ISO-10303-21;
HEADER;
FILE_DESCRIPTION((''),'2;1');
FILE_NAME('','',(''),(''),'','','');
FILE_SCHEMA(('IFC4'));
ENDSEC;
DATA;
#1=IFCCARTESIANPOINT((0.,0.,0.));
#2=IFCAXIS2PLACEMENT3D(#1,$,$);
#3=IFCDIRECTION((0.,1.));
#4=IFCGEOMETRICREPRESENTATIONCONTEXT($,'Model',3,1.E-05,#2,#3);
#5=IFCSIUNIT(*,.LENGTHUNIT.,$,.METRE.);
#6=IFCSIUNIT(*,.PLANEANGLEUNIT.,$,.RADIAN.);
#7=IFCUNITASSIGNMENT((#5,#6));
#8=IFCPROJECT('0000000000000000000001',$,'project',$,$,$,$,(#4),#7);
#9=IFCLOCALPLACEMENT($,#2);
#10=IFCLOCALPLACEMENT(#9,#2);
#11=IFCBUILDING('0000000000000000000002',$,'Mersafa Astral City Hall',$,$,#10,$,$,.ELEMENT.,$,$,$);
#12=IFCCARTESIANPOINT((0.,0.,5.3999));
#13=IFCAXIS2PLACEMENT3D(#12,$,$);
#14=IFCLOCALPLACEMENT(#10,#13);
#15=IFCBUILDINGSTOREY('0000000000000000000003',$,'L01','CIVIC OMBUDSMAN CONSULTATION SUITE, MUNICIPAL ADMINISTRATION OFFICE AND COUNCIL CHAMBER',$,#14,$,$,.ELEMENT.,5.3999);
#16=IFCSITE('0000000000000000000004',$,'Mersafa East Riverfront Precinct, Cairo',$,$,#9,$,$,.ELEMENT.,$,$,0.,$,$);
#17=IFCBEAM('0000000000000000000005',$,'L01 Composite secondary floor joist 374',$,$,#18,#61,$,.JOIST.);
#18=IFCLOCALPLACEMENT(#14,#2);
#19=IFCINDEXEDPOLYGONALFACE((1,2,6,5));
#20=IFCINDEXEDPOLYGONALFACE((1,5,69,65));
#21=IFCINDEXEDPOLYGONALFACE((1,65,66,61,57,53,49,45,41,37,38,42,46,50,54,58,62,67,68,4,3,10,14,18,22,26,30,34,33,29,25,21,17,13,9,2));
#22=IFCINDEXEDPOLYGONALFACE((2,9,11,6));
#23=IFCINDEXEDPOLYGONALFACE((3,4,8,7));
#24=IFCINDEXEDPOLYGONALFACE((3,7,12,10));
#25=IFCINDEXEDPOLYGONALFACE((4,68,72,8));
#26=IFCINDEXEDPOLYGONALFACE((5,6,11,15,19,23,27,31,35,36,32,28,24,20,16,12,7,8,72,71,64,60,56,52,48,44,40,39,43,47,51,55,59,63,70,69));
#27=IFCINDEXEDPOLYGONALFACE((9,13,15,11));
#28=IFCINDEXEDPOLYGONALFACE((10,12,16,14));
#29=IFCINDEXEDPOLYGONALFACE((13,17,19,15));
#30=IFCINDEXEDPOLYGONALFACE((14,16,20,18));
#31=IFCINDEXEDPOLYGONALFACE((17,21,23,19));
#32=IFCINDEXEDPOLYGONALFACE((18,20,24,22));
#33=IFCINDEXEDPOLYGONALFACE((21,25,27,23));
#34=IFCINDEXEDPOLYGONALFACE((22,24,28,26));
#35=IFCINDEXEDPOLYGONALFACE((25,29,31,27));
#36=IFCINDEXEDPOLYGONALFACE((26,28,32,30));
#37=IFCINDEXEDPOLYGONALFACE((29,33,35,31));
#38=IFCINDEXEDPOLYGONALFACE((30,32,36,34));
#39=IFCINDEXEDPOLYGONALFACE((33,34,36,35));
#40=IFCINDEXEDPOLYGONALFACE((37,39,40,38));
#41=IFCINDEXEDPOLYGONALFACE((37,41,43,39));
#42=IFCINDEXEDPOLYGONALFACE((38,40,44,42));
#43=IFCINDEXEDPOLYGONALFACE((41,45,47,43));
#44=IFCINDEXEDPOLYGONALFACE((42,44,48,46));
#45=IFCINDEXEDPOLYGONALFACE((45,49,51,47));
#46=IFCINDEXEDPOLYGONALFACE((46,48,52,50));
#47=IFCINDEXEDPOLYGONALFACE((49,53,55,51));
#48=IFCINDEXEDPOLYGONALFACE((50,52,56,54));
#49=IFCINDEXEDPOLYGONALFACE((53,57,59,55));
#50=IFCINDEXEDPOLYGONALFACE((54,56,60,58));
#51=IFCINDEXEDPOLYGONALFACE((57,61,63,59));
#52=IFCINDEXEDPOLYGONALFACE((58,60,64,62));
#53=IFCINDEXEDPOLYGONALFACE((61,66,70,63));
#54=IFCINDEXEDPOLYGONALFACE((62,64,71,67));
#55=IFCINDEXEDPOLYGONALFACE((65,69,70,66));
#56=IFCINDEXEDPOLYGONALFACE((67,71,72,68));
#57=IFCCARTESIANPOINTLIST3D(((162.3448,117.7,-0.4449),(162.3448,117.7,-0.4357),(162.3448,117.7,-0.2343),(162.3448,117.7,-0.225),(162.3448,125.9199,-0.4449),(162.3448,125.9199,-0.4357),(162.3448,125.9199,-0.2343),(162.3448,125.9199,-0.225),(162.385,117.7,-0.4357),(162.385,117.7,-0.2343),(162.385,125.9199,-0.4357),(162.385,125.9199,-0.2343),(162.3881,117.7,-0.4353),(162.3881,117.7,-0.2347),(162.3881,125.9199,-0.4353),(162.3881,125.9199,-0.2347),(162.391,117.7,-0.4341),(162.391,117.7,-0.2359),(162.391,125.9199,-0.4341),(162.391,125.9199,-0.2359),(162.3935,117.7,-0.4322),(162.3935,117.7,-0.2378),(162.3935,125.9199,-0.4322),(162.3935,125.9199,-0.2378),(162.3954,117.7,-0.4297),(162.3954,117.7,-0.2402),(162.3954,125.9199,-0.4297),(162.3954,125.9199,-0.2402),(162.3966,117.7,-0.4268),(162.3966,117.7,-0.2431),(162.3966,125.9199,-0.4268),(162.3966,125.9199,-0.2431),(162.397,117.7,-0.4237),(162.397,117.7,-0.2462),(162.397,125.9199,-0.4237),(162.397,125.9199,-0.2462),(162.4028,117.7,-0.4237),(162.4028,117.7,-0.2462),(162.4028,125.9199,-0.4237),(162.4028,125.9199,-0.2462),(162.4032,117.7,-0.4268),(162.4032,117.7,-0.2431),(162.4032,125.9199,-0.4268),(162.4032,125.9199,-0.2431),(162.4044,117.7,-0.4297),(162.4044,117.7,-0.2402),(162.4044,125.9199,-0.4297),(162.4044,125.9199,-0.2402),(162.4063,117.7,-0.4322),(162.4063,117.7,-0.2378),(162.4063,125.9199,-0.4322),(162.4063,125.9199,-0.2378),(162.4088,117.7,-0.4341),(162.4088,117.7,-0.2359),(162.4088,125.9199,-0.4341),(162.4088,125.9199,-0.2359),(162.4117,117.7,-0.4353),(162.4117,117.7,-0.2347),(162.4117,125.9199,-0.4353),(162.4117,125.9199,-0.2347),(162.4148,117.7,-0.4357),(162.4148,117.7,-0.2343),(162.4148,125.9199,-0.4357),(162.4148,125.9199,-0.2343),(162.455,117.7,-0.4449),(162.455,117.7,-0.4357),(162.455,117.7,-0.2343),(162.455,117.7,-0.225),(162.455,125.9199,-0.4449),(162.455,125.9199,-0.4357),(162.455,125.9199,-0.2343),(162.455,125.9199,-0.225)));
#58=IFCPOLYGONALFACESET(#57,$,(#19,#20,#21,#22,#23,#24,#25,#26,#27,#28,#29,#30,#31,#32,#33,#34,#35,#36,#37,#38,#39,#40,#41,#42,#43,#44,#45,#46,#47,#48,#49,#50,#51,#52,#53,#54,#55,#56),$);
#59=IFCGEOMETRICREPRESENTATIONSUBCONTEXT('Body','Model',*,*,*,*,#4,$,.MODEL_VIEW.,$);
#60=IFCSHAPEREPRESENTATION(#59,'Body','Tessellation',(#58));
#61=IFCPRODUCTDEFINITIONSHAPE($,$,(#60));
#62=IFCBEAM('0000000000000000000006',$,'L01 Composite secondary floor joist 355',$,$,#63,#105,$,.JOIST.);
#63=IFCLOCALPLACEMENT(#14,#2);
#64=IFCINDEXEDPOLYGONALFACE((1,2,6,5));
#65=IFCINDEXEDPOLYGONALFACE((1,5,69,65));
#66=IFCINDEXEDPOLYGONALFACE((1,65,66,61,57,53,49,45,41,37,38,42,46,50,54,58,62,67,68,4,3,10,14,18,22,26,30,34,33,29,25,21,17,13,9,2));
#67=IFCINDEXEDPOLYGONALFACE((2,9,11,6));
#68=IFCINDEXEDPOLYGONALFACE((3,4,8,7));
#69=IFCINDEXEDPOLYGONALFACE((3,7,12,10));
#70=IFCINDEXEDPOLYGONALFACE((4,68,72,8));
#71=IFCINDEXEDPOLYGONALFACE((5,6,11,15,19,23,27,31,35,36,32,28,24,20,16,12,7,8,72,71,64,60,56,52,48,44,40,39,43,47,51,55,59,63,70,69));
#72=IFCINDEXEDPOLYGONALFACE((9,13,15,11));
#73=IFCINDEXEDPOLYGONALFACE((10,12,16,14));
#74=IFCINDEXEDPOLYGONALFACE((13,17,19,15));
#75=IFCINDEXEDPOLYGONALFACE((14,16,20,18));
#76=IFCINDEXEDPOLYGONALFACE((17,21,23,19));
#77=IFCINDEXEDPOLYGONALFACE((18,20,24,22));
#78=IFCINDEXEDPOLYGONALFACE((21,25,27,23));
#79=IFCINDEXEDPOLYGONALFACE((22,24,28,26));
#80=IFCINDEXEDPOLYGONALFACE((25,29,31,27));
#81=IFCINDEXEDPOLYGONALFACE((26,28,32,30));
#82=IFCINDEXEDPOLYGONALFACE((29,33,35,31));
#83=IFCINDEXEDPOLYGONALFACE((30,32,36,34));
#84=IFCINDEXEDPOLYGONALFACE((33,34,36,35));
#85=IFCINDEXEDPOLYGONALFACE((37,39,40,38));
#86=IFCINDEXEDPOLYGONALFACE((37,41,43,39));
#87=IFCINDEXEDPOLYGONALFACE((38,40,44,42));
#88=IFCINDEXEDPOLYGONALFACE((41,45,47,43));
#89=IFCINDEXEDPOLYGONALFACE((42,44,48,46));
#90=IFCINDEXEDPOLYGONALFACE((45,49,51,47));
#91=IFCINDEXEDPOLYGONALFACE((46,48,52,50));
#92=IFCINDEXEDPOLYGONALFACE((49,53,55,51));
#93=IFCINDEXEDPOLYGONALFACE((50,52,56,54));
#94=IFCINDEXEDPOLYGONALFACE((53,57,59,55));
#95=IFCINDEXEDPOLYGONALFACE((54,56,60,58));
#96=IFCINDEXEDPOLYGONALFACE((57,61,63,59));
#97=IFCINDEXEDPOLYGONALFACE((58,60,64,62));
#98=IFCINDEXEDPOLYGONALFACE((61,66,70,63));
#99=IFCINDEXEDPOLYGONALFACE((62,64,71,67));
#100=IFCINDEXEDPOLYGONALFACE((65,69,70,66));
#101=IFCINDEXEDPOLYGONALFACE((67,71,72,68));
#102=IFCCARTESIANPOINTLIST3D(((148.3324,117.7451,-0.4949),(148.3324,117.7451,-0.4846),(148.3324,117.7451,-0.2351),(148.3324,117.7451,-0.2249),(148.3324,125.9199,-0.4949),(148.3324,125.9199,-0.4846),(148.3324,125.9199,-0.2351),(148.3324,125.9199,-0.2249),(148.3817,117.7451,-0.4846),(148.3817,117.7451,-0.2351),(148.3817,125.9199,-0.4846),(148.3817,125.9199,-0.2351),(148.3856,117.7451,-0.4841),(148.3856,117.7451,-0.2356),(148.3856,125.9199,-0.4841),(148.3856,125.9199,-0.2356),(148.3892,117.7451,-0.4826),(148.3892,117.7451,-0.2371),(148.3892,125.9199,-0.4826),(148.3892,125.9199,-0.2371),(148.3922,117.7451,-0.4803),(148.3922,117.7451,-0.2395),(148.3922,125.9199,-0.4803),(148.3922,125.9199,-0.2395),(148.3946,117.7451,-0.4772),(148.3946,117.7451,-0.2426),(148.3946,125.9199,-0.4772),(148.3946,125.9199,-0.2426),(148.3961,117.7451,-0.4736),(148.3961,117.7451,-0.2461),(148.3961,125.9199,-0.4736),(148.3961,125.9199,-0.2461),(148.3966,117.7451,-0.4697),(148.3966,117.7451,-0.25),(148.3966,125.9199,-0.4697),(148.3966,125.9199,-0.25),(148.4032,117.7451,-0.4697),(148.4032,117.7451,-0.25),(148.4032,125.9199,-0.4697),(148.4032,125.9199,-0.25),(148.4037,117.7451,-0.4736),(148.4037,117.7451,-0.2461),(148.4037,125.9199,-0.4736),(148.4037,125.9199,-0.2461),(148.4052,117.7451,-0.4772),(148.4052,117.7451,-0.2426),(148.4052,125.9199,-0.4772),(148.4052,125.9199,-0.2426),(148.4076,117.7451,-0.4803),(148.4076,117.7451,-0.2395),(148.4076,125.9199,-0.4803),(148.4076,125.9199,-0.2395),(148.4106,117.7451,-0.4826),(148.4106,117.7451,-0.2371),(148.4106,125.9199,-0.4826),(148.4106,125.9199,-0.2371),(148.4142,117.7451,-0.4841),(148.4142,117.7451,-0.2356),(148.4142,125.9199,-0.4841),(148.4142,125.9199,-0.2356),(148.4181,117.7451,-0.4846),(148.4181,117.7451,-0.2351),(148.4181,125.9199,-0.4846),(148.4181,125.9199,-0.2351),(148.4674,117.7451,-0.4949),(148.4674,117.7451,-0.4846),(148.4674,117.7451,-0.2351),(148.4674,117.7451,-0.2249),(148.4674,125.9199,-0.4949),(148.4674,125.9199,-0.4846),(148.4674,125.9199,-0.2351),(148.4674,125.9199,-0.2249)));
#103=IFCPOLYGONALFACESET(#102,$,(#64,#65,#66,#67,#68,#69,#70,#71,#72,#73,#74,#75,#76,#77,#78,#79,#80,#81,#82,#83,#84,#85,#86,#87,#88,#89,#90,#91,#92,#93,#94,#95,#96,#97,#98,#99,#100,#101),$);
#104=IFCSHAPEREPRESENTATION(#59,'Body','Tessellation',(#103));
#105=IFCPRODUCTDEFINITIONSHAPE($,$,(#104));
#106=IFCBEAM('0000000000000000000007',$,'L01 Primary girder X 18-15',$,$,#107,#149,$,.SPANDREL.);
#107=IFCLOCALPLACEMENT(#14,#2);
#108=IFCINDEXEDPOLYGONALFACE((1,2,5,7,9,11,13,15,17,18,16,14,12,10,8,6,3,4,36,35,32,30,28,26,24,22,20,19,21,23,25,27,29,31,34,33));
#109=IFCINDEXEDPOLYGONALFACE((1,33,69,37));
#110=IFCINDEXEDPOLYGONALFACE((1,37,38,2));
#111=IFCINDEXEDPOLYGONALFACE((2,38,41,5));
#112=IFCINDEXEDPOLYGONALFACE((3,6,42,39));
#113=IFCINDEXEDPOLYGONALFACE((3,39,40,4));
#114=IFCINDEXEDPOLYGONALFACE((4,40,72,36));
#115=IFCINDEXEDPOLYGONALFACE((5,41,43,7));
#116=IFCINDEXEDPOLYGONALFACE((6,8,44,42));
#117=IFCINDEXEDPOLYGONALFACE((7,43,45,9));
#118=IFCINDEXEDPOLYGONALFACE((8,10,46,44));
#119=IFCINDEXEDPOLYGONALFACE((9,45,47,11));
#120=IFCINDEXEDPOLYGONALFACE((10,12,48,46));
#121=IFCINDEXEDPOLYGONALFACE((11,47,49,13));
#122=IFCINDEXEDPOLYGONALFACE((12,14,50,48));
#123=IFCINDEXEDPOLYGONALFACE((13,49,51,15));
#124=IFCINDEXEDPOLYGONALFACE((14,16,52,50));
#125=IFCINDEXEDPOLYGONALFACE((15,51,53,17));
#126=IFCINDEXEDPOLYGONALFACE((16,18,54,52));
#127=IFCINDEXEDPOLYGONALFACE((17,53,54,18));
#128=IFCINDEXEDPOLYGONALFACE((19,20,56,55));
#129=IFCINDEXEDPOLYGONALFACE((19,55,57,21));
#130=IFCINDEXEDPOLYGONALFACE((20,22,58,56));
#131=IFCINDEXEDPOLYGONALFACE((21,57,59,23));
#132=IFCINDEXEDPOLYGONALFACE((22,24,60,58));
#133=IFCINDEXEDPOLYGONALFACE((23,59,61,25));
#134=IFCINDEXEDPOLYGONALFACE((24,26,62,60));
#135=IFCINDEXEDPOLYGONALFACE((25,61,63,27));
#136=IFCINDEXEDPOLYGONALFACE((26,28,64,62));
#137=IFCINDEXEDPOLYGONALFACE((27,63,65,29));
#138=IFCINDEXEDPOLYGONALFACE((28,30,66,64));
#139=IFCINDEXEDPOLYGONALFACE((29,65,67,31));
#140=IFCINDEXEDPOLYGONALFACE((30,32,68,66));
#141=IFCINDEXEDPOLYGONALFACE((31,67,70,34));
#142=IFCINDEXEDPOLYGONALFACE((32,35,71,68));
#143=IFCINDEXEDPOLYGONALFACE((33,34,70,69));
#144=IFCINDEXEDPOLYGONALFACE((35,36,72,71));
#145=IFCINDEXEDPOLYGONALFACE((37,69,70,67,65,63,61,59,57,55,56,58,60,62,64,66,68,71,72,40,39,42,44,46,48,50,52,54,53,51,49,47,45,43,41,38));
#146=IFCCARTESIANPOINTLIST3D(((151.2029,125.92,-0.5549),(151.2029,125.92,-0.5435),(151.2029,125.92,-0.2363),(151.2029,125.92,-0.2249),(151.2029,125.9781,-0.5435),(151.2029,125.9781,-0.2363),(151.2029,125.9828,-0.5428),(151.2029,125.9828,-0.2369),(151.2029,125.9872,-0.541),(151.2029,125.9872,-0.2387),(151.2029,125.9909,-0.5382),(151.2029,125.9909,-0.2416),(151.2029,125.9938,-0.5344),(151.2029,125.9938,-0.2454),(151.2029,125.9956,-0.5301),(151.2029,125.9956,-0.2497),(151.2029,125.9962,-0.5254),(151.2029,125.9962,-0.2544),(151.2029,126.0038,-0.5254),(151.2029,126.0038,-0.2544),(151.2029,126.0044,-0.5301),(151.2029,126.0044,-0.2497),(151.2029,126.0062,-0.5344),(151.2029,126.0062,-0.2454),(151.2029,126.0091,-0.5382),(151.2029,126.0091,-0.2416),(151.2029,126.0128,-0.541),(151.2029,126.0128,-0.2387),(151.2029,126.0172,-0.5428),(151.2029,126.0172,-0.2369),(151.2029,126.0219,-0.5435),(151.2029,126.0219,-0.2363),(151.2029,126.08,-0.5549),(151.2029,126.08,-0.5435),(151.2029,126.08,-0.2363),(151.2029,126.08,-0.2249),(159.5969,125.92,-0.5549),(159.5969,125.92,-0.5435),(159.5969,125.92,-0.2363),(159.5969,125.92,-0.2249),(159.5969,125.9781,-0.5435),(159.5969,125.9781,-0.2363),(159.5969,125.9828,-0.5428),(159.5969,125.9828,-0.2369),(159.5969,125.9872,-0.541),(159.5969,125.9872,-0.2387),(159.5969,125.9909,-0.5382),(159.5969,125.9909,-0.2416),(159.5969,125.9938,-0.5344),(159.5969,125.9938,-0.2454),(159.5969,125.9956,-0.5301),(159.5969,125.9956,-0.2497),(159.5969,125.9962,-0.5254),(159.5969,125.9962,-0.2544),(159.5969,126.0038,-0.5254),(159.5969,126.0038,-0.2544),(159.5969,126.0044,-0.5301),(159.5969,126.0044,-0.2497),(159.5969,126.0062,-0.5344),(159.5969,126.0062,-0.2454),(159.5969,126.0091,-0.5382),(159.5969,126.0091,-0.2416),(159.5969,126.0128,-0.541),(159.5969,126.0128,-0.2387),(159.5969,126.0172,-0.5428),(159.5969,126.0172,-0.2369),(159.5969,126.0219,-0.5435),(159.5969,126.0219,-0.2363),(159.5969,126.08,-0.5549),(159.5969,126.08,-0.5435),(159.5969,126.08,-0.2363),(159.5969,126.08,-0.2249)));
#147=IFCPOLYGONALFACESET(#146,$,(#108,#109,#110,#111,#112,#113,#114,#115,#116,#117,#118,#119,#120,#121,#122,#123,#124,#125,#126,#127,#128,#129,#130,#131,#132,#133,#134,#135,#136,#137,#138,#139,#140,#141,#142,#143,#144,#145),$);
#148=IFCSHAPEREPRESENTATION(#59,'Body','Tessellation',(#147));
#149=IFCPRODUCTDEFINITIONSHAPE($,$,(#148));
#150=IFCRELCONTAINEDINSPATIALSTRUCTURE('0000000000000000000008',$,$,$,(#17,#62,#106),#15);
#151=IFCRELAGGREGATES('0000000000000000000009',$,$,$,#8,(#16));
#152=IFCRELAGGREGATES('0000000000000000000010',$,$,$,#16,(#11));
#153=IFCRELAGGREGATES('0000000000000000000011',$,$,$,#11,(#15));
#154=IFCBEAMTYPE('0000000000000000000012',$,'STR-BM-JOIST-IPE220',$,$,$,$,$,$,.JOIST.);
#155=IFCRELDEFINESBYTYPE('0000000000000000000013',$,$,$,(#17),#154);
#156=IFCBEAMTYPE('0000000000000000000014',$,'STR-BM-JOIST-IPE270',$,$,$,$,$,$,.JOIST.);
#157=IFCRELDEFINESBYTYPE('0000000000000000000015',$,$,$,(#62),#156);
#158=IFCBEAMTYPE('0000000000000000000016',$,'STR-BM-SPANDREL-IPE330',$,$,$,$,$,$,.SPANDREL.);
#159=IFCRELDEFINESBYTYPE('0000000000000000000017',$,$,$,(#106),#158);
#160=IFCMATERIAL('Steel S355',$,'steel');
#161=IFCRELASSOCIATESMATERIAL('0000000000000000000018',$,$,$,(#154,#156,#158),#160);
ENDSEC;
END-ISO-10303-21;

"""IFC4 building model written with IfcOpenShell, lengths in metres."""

from ifc_helpers import new_model, si_unit, direction, frame, origin, origin_2d, place, context, subcontext, project, spatial, i_section, extrude, material, material_profile, profile_set, type_object, element, save


model = new_model("IFC4")

# Units and contexts
model_context = context("Model", 3, precision=1e-05, world=origin(), true_north=direction((0.0, 1.0)))
body_context = subcontext(model_context, "Body", "Model", "MODEL_VIEW")
ifc_project = project(units=[si_unit("LENGTHUNIT", "METRE"), si_unit("PLANEANGLEUNIT", "RADIAN")], contexts=[model_context])

# Site, building, storey
site_placement = place(None, origin())
site = spatial("IfcSite", under=ifc_project, at=site_placement, Name="Mersafa East Riverfront Precinct, Cairo", CompositionType="ELEMENT", RefElevation=0.0)
building_placement = place(site_placement, origin())
building = spatial("IfcBuilding", under=site, at=building_placement, Name="Mersafa Astral City Hall", CompositionType="ELEMENT")
storey_placement = place(building_placement, frame((0.0, 0.0, 5.3999)))
storey = spatial("IfcBuildingStorey", under=building, at=storey_placement, Name="L01", Description="CIVIC OMBUDSMAN CONSULTATION SUITE, MUNICIPAL ADMINISTRATION OFFICE AND COUNCIL CHAMBER", CompositionType="ELEMENT", Elevation=5.3999)

# Shared definitions
ifc_material_1 = material(Name="Steel S355", Category="steel")

# Beams
ifc_material_profile_1 = material_profile(ifc_material_1, i_section(OverallWidth=0.1101, OverallDepth=0.22, WebThickness=0.0059, FlangeThickness=0.0093, FilletRadius=0.012, at=origin_2d()), Name="IPE 220")
ifc_profile_set_1 = profile_set([ifc_material_profile_1], Name="Steel S355")
beam_type_1 = type_object("IfcBeamType", Name="STR-BM-JOIST-IPE220", PredefinedType="JOIST", material=ifc_profile_set_1)
beam_1_placement = place(storey_placement, frame((162.3999, 117.7, -0.335), z_axis=(0.0, 1.0, 0.0), x_axis=(-1.0, 0.0, 0.0)))
element("IfcBeam", 1, at=beam_1_placement, inside=storey, type_object=beam_type_1, Name="L01 Composite secondary floor joist 374", PredefinedType="JOIST", context=body_context, shape_type="SweptSolid", body=[
    extrude(i_section(OverallWidth=0.1101, OverallDepth=0.22, WebThickness=0.0059, FlangeThickness=0.0093, FilletRadius=0.012, at=origin_2d()), origin(), (0.0, 0.0, 1.0), 8.22),
])
ifc_material_profile_2 = material_profile(ifc_material_1, i_section(OverallWidth=0.135, OverallDepth=0.27, WebThickness=0.0066, FlangeThickness=0.0103, FilletRadius=0.0149, at=origin_2d()), Name="IPE 270")
ifc_profile_set_2 = profile_set([ifc_material_profile_2], Name="Steel S355")
beam_type_2 = type_object("IfcBeamType", Name="STR-BM-JOIST-IPE270", PredefinedType="JOIST", material=ifc_profile_set_2)
beam_2_placement = place(storey_placement, frame((148.3999, 117.7451, -0.3599), z_axis=(0.0, 1.0, 0.0), x_axis=(-1.0, 0.0, 0.0)))
element("IfcBeam", 2, at=beam_2_placement, inside=storey, type_object=beam_type_2, Name="L01 Composite secondary floor joist 355", PredefinedType="JOIST", context=body_context, shape_type="SweptSolid", body=[
    extrude(i_section(OverallWidth=0.135, OverallDepth=0.27, WebThickness=0.0066, FlangeThickness=0.0103, FilletRadius=0.0149, at=origin_2d()), origin(), (0.0, 0.0, 1.0), 8.1748),
])
ifc_material_profile_3 = material_profile(ifc_material_1, i_section(OverallWidth=0.1599, OverallDepth=0.3301, WebThickness=0.0076, FlangeThickness=0.0115, FilletRadius=0.0181, at=origin_2d()), Name="IPE 330")
ifc_profile_set_3 = profile_set([ifc_material_profile_3], Name="Steel S355")
beam_type_3 = type_object("IfcBeamType", Name="STR-BM-SPANDREL-IPE330", PredefinedType="SPANDREL", material=ifc_profile_set_3)
beam_3_placement = place(storey_placement, frame((151.2029, 126.0, -0.3899), z_axis=(1.0, 0.0, 0.0), x_axis=(0.0, 1.0, 0.0)))
element("IfcBeam", 3, at=beam_3_placement, inside=storey, type_object=beam_type_3, Name="L01 Primary girder X 18-15", PredefinedType="SPANDREL", context=body_context, shape_type="SweptSolid", body=[
    extrude(i_section(OverallWidth=0.1599, OverallDepth=0.3301, WebThickness=0.0076, FlangeThickness=0.0115, FilletRadius=0.0181, at=origin_2d()), origin(), (0.0, 0.0, 1.0), 8.394),
])

save(model, "model.ifc")
